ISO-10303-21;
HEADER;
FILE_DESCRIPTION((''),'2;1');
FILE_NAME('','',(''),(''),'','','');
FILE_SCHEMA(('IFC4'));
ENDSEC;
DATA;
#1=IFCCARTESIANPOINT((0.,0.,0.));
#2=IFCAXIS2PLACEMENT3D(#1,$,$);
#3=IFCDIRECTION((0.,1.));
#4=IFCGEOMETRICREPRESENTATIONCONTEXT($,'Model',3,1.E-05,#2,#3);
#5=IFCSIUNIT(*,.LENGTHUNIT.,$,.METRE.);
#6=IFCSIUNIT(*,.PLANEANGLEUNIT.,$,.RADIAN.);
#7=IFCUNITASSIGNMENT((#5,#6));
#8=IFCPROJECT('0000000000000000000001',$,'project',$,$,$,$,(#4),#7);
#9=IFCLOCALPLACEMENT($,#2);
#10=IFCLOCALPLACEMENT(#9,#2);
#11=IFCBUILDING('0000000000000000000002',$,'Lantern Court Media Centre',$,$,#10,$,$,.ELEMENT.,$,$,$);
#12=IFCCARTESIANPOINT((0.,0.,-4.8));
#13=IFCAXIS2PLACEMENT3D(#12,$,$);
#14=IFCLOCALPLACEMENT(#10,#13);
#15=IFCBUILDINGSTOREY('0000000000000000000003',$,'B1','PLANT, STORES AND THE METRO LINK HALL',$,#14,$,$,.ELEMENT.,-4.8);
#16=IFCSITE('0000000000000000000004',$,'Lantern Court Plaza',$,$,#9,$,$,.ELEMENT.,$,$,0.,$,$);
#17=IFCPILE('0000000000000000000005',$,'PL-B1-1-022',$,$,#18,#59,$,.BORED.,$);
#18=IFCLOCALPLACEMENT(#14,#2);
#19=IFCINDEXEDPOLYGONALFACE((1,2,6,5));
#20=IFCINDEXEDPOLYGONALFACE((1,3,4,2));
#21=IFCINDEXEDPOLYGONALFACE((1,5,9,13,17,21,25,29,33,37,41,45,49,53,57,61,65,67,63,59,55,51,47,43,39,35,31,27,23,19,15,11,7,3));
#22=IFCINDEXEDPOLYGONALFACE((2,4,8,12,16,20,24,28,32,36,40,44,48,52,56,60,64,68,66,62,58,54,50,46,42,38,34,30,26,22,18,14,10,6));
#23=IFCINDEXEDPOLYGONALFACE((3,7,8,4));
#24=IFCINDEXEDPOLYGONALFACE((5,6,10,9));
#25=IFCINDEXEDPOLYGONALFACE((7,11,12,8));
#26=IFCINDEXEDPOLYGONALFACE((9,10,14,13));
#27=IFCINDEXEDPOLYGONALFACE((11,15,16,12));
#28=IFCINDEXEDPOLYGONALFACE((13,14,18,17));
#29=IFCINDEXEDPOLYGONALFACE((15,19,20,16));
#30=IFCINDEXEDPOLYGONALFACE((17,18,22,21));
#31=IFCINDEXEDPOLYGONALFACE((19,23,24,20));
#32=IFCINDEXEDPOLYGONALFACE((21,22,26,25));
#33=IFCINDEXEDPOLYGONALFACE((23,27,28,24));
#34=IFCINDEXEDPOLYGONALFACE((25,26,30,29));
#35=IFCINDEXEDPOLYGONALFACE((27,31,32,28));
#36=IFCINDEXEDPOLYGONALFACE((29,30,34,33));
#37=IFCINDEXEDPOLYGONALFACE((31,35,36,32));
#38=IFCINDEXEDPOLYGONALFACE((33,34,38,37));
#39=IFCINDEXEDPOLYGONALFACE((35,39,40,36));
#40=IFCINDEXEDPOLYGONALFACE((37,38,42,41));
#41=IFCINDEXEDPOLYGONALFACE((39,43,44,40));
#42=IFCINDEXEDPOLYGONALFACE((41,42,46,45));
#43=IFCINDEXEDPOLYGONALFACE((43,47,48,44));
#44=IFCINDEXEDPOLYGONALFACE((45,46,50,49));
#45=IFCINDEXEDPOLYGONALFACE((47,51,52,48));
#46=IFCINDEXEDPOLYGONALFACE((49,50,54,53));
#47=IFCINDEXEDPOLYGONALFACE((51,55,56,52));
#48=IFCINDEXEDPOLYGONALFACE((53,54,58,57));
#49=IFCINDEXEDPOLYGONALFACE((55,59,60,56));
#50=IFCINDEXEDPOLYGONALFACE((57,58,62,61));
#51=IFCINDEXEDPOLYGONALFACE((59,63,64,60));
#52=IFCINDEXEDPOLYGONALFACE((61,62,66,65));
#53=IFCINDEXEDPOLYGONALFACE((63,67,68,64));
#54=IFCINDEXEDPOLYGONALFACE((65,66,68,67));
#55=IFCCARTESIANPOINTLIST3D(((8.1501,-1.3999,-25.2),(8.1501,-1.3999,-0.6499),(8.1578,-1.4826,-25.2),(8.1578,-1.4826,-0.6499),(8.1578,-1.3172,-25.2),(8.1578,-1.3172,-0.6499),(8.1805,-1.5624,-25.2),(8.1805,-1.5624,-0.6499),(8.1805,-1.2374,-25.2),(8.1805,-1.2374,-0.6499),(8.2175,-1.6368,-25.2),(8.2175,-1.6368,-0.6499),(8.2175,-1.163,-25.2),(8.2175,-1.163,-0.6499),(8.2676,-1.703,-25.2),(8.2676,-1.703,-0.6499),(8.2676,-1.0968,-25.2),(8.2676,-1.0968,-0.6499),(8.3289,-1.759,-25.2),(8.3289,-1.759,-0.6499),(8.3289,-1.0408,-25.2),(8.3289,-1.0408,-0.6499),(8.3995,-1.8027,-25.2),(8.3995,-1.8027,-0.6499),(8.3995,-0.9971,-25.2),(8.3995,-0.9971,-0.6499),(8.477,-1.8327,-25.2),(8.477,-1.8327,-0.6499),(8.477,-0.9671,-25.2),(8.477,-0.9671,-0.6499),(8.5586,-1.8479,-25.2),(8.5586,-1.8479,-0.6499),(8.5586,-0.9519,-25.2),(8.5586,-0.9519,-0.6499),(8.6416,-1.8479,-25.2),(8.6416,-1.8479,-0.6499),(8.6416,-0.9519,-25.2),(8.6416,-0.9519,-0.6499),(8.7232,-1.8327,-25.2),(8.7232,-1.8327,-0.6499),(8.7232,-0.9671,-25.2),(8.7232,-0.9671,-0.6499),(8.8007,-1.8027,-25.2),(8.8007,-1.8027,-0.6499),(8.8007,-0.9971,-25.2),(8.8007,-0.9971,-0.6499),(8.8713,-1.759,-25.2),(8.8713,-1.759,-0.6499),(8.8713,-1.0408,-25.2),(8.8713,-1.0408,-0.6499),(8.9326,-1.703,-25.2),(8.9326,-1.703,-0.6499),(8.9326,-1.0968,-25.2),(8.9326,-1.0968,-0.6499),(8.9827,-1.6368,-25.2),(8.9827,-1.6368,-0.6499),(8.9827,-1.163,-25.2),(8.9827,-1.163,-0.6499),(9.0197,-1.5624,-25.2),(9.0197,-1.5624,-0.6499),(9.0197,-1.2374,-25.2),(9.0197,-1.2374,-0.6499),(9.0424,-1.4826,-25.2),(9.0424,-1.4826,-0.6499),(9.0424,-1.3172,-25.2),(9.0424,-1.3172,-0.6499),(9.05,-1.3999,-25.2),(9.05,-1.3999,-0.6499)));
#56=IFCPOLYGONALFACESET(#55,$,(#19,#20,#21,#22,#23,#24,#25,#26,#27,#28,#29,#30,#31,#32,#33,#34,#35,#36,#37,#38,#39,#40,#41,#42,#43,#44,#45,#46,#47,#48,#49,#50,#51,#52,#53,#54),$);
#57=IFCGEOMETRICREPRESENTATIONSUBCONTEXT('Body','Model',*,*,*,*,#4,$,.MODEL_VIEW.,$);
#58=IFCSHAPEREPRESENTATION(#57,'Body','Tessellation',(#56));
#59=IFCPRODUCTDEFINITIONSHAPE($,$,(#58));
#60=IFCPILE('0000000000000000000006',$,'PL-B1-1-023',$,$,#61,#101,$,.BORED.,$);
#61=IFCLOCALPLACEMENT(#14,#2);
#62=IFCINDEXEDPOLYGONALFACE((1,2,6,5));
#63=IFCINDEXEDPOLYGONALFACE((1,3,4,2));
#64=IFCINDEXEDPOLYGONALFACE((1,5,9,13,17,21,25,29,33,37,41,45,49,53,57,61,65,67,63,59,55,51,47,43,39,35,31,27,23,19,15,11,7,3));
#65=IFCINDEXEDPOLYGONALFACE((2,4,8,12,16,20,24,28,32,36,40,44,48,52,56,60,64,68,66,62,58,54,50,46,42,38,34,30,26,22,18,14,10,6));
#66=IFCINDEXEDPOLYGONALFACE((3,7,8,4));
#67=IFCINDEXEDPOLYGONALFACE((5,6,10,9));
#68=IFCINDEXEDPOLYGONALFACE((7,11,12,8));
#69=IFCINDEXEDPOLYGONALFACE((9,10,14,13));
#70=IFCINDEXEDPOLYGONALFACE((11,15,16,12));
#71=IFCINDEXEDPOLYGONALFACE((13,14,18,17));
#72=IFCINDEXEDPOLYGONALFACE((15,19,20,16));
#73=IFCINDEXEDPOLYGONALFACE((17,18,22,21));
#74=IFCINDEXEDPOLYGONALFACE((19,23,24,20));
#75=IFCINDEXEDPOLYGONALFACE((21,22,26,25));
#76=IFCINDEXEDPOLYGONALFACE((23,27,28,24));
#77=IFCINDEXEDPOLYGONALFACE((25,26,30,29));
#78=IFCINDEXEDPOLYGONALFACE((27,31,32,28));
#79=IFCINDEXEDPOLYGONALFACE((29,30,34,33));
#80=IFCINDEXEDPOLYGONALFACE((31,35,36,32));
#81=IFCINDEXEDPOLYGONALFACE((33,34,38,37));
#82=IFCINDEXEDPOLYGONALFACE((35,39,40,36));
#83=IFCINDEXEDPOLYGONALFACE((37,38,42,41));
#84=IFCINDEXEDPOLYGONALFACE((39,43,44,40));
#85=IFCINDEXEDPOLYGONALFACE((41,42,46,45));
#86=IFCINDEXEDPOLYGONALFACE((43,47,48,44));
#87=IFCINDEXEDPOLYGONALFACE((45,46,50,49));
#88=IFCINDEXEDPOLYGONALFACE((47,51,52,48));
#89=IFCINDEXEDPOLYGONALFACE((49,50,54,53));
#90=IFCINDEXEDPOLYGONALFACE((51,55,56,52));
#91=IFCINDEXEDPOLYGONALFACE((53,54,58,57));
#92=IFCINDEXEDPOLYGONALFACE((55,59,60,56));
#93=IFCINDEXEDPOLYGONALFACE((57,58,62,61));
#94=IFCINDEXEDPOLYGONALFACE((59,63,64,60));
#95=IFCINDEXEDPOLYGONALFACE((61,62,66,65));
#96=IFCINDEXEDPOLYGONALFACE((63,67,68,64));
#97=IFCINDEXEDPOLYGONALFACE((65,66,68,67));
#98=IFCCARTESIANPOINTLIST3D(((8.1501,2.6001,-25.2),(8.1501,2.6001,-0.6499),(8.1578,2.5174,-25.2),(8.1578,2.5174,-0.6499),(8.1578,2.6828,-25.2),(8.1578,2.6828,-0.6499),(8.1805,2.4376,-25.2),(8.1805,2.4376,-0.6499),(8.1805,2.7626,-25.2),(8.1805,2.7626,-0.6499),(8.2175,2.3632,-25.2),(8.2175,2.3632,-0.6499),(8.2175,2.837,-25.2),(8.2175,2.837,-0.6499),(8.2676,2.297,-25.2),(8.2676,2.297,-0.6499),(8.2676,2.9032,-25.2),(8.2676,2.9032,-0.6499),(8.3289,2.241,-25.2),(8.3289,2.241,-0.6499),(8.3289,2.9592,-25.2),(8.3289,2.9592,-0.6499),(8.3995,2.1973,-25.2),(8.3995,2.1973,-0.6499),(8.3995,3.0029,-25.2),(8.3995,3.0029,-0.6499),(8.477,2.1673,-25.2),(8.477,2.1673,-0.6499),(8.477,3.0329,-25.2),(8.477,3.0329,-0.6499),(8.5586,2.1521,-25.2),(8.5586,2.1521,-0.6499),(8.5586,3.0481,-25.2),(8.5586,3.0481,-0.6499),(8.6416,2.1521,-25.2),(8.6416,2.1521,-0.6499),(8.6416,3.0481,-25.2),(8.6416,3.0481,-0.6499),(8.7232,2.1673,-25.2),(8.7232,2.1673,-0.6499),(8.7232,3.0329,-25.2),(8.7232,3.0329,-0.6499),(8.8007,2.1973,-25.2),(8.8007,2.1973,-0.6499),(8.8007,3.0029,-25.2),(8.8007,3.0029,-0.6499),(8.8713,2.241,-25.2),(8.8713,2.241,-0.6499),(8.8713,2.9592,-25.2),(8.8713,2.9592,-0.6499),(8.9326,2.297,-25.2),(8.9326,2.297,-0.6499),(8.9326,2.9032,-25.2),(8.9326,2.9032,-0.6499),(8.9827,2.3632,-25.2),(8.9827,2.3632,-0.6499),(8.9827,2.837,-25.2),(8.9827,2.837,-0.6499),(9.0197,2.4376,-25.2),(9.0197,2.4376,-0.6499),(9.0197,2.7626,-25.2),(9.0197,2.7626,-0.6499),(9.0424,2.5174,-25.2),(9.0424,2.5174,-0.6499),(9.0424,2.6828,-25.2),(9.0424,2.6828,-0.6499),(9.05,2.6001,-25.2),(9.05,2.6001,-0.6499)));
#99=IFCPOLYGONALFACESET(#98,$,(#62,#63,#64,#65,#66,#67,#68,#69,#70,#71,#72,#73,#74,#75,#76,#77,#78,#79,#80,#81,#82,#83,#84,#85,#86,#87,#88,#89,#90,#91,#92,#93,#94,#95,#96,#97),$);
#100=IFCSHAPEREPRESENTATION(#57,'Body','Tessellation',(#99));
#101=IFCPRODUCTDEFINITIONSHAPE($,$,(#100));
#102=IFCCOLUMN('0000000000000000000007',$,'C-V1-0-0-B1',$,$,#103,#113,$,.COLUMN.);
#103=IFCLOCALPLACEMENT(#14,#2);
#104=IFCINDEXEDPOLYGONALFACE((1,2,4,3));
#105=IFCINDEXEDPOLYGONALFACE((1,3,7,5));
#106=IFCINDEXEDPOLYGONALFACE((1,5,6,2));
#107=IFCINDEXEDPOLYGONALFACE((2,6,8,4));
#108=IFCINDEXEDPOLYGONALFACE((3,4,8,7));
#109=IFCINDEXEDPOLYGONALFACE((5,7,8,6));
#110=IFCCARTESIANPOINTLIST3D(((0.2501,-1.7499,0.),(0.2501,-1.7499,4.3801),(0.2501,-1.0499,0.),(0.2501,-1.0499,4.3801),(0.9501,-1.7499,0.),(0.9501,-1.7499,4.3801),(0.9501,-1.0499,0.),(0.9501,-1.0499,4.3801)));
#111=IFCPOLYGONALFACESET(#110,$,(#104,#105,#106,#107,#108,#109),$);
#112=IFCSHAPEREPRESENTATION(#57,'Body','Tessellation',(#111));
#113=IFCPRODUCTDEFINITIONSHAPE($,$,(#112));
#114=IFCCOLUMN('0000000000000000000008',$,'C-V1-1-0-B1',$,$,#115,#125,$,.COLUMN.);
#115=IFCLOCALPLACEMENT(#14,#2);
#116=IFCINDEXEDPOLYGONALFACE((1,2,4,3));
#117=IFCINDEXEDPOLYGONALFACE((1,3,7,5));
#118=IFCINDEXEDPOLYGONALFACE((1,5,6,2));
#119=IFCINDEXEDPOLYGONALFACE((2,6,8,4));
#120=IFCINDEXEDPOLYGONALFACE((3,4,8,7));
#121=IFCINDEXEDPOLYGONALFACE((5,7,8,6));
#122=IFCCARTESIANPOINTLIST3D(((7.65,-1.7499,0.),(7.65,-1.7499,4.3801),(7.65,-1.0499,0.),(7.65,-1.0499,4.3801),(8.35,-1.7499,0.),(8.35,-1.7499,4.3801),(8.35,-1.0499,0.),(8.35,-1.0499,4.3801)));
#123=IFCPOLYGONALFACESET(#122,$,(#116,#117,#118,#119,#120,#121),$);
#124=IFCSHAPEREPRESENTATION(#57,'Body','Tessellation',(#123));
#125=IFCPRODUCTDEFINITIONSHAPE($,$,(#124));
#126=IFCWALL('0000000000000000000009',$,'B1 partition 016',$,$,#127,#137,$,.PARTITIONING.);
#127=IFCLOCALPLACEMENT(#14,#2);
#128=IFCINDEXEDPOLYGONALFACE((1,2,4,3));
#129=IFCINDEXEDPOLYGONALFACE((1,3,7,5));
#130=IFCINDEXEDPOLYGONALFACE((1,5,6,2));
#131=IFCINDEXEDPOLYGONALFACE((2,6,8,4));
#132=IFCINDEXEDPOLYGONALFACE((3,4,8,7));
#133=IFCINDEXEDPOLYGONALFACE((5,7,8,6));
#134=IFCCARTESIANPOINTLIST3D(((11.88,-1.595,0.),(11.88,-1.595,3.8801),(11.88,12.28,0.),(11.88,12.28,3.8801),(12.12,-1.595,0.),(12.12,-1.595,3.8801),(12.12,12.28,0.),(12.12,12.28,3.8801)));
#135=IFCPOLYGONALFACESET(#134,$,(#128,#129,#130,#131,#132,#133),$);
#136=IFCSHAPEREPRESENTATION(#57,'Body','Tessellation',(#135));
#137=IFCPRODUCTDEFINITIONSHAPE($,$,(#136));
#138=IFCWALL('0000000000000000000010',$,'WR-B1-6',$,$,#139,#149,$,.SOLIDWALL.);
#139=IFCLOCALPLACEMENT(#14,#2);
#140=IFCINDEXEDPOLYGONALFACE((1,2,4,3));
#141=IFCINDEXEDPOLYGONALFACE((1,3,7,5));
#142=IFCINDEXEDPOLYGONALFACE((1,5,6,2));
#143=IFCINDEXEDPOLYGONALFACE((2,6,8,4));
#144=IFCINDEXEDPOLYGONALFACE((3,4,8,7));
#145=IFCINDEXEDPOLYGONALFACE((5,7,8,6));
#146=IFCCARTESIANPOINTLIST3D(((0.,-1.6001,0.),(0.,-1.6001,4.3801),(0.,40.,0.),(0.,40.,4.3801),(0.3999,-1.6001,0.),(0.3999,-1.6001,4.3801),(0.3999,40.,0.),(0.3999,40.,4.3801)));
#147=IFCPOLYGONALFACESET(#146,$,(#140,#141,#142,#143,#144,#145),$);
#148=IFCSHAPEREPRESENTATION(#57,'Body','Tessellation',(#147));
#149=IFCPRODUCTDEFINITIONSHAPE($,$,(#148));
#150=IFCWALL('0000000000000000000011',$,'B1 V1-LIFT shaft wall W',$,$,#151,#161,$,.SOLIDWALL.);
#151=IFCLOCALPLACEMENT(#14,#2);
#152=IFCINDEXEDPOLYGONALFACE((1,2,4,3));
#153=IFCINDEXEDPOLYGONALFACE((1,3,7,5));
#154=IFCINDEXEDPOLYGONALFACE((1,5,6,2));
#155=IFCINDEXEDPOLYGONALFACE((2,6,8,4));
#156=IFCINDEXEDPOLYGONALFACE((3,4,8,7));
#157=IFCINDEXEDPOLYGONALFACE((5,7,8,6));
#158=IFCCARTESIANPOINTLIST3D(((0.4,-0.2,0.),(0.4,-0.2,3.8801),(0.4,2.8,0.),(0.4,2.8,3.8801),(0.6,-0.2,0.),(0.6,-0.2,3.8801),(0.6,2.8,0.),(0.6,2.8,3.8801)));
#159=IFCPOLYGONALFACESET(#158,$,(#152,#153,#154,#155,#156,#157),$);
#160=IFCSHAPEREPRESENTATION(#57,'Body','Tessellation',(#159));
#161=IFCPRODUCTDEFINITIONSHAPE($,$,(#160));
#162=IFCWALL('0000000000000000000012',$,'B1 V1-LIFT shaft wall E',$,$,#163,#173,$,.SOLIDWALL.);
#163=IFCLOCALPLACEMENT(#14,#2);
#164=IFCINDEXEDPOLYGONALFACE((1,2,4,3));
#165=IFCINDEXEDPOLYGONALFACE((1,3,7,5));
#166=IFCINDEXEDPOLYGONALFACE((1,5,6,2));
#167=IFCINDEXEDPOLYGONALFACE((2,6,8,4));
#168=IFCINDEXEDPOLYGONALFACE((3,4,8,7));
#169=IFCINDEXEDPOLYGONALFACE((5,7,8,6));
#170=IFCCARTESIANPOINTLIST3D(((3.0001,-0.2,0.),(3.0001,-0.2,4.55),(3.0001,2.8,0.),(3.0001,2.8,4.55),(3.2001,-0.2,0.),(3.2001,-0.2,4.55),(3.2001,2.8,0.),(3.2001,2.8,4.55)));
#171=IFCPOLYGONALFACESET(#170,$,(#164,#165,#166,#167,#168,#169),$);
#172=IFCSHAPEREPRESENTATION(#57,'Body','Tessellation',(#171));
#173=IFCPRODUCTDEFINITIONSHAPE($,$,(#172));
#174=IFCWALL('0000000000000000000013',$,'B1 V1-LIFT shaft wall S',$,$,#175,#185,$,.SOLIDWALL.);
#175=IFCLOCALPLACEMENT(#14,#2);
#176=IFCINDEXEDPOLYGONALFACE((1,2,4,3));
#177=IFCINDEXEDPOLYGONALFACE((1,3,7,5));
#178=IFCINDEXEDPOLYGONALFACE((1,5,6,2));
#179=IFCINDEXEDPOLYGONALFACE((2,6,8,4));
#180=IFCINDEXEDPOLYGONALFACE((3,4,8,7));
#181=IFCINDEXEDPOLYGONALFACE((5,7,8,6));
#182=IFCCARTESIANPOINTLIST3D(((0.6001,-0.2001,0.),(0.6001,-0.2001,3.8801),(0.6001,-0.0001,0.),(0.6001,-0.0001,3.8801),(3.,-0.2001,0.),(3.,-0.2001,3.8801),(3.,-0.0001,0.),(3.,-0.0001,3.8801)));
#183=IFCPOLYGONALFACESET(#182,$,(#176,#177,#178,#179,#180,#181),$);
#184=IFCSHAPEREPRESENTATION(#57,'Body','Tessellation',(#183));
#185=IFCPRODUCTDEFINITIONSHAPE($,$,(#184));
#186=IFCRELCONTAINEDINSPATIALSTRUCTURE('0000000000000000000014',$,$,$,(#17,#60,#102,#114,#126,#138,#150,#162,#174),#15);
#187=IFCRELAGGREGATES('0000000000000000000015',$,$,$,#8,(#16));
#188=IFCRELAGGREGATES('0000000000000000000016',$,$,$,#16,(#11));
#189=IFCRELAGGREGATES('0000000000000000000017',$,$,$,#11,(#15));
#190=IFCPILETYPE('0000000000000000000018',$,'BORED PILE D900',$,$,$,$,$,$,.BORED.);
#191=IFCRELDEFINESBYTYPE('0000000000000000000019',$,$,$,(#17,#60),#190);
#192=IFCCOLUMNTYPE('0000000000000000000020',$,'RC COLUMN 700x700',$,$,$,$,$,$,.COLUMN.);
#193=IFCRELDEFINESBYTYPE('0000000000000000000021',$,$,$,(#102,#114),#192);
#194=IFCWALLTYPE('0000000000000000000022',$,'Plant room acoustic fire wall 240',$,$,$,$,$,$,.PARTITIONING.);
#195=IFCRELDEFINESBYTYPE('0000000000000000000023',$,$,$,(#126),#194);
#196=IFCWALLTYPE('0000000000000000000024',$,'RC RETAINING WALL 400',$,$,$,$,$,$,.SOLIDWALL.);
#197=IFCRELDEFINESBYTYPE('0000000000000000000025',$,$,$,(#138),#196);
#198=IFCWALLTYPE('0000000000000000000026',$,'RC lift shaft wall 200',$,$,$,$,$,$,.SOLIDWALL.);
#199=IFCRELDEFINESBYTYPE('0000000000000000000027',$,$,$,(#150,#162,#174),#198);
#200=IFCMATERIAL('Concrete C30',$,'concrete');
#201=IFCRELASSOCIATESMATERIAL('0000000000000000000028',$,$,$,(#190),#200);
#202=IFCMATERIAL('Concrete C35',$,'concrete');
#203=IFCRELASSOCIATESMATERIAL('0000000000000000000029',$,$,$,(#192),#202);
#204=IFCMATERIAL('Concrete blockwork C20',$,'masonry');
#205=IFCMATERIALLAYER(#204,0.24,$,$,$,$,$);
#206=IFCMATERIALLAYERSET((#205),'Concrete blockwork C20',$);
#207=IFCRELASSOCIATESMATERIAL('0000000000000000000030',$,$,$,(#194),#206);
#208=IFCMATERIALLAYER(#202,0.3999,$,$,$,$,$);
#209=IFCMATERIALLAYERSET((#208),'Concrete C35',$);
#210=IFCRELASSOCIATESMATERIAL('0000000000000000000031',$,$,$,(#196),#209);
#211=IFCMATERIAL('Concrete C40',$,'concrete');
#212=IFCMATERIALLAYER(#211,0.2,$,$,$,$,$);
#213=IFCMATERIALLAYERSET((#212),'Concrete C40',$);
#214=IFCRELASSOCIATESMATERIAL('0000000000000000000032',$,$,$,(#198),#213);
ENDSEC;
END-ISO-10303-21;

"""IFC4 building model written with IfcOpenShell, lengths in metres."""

from ifc_helpers import new_model, si_unit, direction, frame, frame_2d, origin, origin_2d, place, context, subcontext, project, spatial, rectangle, circle, extrude, material, layer, layer_set, material_profile, profile_set, type_object, element, save


model = new_model("IFC4")

# Units and contexts
model_context = context("Model", 3, precision=1e-05, world=origin(), true_north=direction((0.0, 1.0)))
body_context = subcontext(model_context, "Body", "Model", "MODEL_VIEW")
ifc_project = project(units=[si_unit("LENGTHUNIT", "METRE"), si_unit("PLANEANGLEUNIT", "RADIAN")], contexts=[model_context])

# Site, building, storey
site_placement = place(None, origin())
site = spatial("IfcSite", under=ifc_project, at=site_placement, Name="Lantern Court Plaza", CompositionType="ELEMENT", RefElevation=0.0)
building_placement = place(site_placement, origin())
building = spatial("IfcBuilding", under=site, at=building_placement, Name="Lantern Court Media Centre", CompositionType="ELEMENT")
storey_placement = place(building_placement, frame((0.0, 0.0, -4.8)))
storey = spatial("IfcBuildingStorey", under=building, at=storey_placement, Name="B1", Description="PLANT, STORES AND THE METRO LINK HALL", CompositionType="ELEMENT", Elevation=-4.8)

# Piles
ifc_material_1 = material(Name="Concrete C30", Category="concrete")
ifc_material_profile_1 = material_profile(ifc_material_1, circle(Radius=0.45, at=origin_2d()), Name="D900")
ifc_profile_set_1 = profile_set([ifc_material_profile_1], Name="Concrete C30")
pile_type = type_object("IfcPileType", Name="BORED PILE D900", PredefinedType="BORED", material=ifc_profile_set_1)
for number, where, z_axis, x_axis, name in (
    (1, (8.6001, -1.3999, -0.6499), (0.0, 0.0, -1.0), (1.0, 0.0, 0.0), "PL-B1-1-022"),
    (2, (8.6001, 2.6001, -0.6499), (0.0, 0.0, -1.0), (1.0, 0.0, 0.0), "PL-B1-1-023"),
):
    element("IfcPile", number, at=place(storey_placement, frame(where, z_axis=z_axis, x_axis=x_axis)), inside=storey, type_object=pile_type, Name=name, PredefinedType="BORED", context=body_context, shape_type="SweptSolid", body=[
        extrude(circle(Radius=0.45, at=origin_2d()), origin(), (0.0, 0.0, 1.0), 24.55),
    ])

# Columns
ifc_material_2 = material(Name="Concrete C35", Category="concrete")
ifc_material_profile_2 = material_profile(ifc_material_2, rectangle(XDim=0.7, YDim=0.7, at=origin_2d()), Name="RC 700x700")
ifc_profile_set_2 = profile_set([ifc_material_profile_2], Name="Concrete C35")
column_type = type_object("IfcColumnType", Name="RC COLUMN 700x700", PredefinedType="COLUMN", material=ifc_profile_set_2)
for number, where, z_axis, x_axis, name in (
    (3, (0.6001, -1.3999, 0.0), (0.0, 0.0, 1.0), (1.0, 0.0, 0.0), "C-V1-0-0-B1"),
    (4, (8.0, -1.3999, 0.0), (0.0, 0.0, 1.0), (1.0, 0.0, 0.0), "C-V1-1-0-B1"),
):
    element("IfcColumn", number, at=place(storey_placement, frame(where, z_axis=z_axis, x_axis=x_axis)), inside=storey, type_object=column_type, Name=name, PredefinedType="COLUMN", context=body_context, shape_type="SweptSolid", body=[
        extrude(rectangle(XDim=0.7, YDim=0.7, at=origin_2d()), origin(), (0.0, 0.0, 1.0), 4.3801),
    ])

# Walls
ifc_material_3 = material(Name="Concrete blockwork C20", Category="masonry")
ifc_layer_1 = layer(ifc_material_3, 0.24)
ifc_layer_set_1 = layer_set([ifc_layer_1], Name="Concrete blockwork C20")
wall_type_1 = type_object("IfcWallType", Name="Plant room acoustic fire wall 240", PredefinedType="PARTITIONING", material=ifc_layer_set_1)
wall_1_placement = place(storey_placement, frame((12.0, -1.595, 0.0), z_axis=(0.0, 0.0, 1.0), x_axis=(0.0, 1.0, 0.0)))
element("IfcWall", 5, at=wall_1_placement, inside=storey, type_object=wall_type_1, Name="B1 partition 016", PredefinedType="PARTITIONING", context=body_context, shape_type="SweptSolid", body=[
    extrude(rectangle(XDim=13.875, YDim=0.24, at=frame_2d((6.9375, 0.0))), origin(), (0.0, 0.0, 1.0), 3.8801),
])
ifc_layer_2 = layer(ifc_material_2, 0.3999)
ifc_layer_set_2 = layer_set([ifc_layer_2], Name="Concrete C35")
wall_type_2 = type_object("IfcWallType", Name="RC RETAINING WALL 400", PredefinedType="SOLIDWALL", material=ifc_layer_set_2)
wall_2_placement = place(storey_placement, frame((0.2, -1.6001, 0.0), z_axis=(0.0, 0.0, 1.0), x_axis=(0.0, 1.0, 0.0)))
element("IfcWall", 6, at=wall_2_placement, inside=storey, type_object=wall_type_2, Name="WR-B1-6", PredefinedType="SOLIDWALL", context=body_context, shape_type="SweptSolid", body=[
    extrude(rectangle(XDim=41.6001, YDim=0.3999, at=frame_2d((20.8, 0.0))), origin(), (0.0, 0.0, 1.0), 4.3801),
])
ifc_material_4 = material(Name="Concrete C40", Category="concrete")
ifc_layer_3 = layer(ifc_material_4, 0.2)
ifc_layer_set_3 = layer_set([ifc_layer_3], Name="Concrete C40")
wall_type_3 = type_object("IfcWallType", Name="RC lift shaft wall 200", PredefinedType="SOLIDWALL", material=ifc_layer_set_3)
wall_3_placement = place(storey_placement, frame((0.5, -0.2, 0.0), z_axis=(0.0, 0.0, 1.0), x_axis=(0.0, 1.0, 0.0)))
element("IfcWall", 7, at=wall_3_placement, inside=storey, type_object=wall_type_3, Name="B1 V1-LIFT shaft wall W", PredefinedType="SOLIDWALL", context=body_context, shape_type="SweptSolid", body=[
    extrude(rectangle(XDim=3.0, YDim=0.2, at=frame_2d((1.5, 0.0))), origin(), (0.0, 0.0, 1.0), 3.8801),
])
wall_4_placement = place(storey_placement, frame((3.1001, -0.2, 0.0), z_axis=(0.0, 0.0, 1.0), x_axis=(0.0, 1.0, 0.0)))
element("IfcWall", 8, at=wall_4_placement, inside=storey, type_object=wall_type_3, Name="B1 V1-LIFT shaft wall E", PredefinedType="SOLIDWALL", context=body_context, shape_type="SweptSolid", body=[
    extrude(rectangle(XDim=3.0, YDim=0.2, at=frame_2d((1.5, 0.0))), origin(), (0.0, 0.0, 1.0), 4.55),
])
wall_5_placement = place(storey_placement, frame((0.6001, -0.1001, 0.0), z_axis=(0.0, 0.0, 1.0), x_axis=(1.0, 0.0, 0.0)))
element("IfcWall", 9, at=wall_5_placement, inside=storey, type_object=wall_type_3, Name="B1 V1-LIFT shaft wall S", PredefinedType="SOLIDWALL", context=body_context, shape_type="SweptSolid", body=[
    extrude(rectangle(XDim=2.3999, YDim=0.2, at=frame_2d((1.2, 0.0))), origin(), (0.0, 0.0, 1.0), 3.8801),
])

save(model, "model.ifc")
